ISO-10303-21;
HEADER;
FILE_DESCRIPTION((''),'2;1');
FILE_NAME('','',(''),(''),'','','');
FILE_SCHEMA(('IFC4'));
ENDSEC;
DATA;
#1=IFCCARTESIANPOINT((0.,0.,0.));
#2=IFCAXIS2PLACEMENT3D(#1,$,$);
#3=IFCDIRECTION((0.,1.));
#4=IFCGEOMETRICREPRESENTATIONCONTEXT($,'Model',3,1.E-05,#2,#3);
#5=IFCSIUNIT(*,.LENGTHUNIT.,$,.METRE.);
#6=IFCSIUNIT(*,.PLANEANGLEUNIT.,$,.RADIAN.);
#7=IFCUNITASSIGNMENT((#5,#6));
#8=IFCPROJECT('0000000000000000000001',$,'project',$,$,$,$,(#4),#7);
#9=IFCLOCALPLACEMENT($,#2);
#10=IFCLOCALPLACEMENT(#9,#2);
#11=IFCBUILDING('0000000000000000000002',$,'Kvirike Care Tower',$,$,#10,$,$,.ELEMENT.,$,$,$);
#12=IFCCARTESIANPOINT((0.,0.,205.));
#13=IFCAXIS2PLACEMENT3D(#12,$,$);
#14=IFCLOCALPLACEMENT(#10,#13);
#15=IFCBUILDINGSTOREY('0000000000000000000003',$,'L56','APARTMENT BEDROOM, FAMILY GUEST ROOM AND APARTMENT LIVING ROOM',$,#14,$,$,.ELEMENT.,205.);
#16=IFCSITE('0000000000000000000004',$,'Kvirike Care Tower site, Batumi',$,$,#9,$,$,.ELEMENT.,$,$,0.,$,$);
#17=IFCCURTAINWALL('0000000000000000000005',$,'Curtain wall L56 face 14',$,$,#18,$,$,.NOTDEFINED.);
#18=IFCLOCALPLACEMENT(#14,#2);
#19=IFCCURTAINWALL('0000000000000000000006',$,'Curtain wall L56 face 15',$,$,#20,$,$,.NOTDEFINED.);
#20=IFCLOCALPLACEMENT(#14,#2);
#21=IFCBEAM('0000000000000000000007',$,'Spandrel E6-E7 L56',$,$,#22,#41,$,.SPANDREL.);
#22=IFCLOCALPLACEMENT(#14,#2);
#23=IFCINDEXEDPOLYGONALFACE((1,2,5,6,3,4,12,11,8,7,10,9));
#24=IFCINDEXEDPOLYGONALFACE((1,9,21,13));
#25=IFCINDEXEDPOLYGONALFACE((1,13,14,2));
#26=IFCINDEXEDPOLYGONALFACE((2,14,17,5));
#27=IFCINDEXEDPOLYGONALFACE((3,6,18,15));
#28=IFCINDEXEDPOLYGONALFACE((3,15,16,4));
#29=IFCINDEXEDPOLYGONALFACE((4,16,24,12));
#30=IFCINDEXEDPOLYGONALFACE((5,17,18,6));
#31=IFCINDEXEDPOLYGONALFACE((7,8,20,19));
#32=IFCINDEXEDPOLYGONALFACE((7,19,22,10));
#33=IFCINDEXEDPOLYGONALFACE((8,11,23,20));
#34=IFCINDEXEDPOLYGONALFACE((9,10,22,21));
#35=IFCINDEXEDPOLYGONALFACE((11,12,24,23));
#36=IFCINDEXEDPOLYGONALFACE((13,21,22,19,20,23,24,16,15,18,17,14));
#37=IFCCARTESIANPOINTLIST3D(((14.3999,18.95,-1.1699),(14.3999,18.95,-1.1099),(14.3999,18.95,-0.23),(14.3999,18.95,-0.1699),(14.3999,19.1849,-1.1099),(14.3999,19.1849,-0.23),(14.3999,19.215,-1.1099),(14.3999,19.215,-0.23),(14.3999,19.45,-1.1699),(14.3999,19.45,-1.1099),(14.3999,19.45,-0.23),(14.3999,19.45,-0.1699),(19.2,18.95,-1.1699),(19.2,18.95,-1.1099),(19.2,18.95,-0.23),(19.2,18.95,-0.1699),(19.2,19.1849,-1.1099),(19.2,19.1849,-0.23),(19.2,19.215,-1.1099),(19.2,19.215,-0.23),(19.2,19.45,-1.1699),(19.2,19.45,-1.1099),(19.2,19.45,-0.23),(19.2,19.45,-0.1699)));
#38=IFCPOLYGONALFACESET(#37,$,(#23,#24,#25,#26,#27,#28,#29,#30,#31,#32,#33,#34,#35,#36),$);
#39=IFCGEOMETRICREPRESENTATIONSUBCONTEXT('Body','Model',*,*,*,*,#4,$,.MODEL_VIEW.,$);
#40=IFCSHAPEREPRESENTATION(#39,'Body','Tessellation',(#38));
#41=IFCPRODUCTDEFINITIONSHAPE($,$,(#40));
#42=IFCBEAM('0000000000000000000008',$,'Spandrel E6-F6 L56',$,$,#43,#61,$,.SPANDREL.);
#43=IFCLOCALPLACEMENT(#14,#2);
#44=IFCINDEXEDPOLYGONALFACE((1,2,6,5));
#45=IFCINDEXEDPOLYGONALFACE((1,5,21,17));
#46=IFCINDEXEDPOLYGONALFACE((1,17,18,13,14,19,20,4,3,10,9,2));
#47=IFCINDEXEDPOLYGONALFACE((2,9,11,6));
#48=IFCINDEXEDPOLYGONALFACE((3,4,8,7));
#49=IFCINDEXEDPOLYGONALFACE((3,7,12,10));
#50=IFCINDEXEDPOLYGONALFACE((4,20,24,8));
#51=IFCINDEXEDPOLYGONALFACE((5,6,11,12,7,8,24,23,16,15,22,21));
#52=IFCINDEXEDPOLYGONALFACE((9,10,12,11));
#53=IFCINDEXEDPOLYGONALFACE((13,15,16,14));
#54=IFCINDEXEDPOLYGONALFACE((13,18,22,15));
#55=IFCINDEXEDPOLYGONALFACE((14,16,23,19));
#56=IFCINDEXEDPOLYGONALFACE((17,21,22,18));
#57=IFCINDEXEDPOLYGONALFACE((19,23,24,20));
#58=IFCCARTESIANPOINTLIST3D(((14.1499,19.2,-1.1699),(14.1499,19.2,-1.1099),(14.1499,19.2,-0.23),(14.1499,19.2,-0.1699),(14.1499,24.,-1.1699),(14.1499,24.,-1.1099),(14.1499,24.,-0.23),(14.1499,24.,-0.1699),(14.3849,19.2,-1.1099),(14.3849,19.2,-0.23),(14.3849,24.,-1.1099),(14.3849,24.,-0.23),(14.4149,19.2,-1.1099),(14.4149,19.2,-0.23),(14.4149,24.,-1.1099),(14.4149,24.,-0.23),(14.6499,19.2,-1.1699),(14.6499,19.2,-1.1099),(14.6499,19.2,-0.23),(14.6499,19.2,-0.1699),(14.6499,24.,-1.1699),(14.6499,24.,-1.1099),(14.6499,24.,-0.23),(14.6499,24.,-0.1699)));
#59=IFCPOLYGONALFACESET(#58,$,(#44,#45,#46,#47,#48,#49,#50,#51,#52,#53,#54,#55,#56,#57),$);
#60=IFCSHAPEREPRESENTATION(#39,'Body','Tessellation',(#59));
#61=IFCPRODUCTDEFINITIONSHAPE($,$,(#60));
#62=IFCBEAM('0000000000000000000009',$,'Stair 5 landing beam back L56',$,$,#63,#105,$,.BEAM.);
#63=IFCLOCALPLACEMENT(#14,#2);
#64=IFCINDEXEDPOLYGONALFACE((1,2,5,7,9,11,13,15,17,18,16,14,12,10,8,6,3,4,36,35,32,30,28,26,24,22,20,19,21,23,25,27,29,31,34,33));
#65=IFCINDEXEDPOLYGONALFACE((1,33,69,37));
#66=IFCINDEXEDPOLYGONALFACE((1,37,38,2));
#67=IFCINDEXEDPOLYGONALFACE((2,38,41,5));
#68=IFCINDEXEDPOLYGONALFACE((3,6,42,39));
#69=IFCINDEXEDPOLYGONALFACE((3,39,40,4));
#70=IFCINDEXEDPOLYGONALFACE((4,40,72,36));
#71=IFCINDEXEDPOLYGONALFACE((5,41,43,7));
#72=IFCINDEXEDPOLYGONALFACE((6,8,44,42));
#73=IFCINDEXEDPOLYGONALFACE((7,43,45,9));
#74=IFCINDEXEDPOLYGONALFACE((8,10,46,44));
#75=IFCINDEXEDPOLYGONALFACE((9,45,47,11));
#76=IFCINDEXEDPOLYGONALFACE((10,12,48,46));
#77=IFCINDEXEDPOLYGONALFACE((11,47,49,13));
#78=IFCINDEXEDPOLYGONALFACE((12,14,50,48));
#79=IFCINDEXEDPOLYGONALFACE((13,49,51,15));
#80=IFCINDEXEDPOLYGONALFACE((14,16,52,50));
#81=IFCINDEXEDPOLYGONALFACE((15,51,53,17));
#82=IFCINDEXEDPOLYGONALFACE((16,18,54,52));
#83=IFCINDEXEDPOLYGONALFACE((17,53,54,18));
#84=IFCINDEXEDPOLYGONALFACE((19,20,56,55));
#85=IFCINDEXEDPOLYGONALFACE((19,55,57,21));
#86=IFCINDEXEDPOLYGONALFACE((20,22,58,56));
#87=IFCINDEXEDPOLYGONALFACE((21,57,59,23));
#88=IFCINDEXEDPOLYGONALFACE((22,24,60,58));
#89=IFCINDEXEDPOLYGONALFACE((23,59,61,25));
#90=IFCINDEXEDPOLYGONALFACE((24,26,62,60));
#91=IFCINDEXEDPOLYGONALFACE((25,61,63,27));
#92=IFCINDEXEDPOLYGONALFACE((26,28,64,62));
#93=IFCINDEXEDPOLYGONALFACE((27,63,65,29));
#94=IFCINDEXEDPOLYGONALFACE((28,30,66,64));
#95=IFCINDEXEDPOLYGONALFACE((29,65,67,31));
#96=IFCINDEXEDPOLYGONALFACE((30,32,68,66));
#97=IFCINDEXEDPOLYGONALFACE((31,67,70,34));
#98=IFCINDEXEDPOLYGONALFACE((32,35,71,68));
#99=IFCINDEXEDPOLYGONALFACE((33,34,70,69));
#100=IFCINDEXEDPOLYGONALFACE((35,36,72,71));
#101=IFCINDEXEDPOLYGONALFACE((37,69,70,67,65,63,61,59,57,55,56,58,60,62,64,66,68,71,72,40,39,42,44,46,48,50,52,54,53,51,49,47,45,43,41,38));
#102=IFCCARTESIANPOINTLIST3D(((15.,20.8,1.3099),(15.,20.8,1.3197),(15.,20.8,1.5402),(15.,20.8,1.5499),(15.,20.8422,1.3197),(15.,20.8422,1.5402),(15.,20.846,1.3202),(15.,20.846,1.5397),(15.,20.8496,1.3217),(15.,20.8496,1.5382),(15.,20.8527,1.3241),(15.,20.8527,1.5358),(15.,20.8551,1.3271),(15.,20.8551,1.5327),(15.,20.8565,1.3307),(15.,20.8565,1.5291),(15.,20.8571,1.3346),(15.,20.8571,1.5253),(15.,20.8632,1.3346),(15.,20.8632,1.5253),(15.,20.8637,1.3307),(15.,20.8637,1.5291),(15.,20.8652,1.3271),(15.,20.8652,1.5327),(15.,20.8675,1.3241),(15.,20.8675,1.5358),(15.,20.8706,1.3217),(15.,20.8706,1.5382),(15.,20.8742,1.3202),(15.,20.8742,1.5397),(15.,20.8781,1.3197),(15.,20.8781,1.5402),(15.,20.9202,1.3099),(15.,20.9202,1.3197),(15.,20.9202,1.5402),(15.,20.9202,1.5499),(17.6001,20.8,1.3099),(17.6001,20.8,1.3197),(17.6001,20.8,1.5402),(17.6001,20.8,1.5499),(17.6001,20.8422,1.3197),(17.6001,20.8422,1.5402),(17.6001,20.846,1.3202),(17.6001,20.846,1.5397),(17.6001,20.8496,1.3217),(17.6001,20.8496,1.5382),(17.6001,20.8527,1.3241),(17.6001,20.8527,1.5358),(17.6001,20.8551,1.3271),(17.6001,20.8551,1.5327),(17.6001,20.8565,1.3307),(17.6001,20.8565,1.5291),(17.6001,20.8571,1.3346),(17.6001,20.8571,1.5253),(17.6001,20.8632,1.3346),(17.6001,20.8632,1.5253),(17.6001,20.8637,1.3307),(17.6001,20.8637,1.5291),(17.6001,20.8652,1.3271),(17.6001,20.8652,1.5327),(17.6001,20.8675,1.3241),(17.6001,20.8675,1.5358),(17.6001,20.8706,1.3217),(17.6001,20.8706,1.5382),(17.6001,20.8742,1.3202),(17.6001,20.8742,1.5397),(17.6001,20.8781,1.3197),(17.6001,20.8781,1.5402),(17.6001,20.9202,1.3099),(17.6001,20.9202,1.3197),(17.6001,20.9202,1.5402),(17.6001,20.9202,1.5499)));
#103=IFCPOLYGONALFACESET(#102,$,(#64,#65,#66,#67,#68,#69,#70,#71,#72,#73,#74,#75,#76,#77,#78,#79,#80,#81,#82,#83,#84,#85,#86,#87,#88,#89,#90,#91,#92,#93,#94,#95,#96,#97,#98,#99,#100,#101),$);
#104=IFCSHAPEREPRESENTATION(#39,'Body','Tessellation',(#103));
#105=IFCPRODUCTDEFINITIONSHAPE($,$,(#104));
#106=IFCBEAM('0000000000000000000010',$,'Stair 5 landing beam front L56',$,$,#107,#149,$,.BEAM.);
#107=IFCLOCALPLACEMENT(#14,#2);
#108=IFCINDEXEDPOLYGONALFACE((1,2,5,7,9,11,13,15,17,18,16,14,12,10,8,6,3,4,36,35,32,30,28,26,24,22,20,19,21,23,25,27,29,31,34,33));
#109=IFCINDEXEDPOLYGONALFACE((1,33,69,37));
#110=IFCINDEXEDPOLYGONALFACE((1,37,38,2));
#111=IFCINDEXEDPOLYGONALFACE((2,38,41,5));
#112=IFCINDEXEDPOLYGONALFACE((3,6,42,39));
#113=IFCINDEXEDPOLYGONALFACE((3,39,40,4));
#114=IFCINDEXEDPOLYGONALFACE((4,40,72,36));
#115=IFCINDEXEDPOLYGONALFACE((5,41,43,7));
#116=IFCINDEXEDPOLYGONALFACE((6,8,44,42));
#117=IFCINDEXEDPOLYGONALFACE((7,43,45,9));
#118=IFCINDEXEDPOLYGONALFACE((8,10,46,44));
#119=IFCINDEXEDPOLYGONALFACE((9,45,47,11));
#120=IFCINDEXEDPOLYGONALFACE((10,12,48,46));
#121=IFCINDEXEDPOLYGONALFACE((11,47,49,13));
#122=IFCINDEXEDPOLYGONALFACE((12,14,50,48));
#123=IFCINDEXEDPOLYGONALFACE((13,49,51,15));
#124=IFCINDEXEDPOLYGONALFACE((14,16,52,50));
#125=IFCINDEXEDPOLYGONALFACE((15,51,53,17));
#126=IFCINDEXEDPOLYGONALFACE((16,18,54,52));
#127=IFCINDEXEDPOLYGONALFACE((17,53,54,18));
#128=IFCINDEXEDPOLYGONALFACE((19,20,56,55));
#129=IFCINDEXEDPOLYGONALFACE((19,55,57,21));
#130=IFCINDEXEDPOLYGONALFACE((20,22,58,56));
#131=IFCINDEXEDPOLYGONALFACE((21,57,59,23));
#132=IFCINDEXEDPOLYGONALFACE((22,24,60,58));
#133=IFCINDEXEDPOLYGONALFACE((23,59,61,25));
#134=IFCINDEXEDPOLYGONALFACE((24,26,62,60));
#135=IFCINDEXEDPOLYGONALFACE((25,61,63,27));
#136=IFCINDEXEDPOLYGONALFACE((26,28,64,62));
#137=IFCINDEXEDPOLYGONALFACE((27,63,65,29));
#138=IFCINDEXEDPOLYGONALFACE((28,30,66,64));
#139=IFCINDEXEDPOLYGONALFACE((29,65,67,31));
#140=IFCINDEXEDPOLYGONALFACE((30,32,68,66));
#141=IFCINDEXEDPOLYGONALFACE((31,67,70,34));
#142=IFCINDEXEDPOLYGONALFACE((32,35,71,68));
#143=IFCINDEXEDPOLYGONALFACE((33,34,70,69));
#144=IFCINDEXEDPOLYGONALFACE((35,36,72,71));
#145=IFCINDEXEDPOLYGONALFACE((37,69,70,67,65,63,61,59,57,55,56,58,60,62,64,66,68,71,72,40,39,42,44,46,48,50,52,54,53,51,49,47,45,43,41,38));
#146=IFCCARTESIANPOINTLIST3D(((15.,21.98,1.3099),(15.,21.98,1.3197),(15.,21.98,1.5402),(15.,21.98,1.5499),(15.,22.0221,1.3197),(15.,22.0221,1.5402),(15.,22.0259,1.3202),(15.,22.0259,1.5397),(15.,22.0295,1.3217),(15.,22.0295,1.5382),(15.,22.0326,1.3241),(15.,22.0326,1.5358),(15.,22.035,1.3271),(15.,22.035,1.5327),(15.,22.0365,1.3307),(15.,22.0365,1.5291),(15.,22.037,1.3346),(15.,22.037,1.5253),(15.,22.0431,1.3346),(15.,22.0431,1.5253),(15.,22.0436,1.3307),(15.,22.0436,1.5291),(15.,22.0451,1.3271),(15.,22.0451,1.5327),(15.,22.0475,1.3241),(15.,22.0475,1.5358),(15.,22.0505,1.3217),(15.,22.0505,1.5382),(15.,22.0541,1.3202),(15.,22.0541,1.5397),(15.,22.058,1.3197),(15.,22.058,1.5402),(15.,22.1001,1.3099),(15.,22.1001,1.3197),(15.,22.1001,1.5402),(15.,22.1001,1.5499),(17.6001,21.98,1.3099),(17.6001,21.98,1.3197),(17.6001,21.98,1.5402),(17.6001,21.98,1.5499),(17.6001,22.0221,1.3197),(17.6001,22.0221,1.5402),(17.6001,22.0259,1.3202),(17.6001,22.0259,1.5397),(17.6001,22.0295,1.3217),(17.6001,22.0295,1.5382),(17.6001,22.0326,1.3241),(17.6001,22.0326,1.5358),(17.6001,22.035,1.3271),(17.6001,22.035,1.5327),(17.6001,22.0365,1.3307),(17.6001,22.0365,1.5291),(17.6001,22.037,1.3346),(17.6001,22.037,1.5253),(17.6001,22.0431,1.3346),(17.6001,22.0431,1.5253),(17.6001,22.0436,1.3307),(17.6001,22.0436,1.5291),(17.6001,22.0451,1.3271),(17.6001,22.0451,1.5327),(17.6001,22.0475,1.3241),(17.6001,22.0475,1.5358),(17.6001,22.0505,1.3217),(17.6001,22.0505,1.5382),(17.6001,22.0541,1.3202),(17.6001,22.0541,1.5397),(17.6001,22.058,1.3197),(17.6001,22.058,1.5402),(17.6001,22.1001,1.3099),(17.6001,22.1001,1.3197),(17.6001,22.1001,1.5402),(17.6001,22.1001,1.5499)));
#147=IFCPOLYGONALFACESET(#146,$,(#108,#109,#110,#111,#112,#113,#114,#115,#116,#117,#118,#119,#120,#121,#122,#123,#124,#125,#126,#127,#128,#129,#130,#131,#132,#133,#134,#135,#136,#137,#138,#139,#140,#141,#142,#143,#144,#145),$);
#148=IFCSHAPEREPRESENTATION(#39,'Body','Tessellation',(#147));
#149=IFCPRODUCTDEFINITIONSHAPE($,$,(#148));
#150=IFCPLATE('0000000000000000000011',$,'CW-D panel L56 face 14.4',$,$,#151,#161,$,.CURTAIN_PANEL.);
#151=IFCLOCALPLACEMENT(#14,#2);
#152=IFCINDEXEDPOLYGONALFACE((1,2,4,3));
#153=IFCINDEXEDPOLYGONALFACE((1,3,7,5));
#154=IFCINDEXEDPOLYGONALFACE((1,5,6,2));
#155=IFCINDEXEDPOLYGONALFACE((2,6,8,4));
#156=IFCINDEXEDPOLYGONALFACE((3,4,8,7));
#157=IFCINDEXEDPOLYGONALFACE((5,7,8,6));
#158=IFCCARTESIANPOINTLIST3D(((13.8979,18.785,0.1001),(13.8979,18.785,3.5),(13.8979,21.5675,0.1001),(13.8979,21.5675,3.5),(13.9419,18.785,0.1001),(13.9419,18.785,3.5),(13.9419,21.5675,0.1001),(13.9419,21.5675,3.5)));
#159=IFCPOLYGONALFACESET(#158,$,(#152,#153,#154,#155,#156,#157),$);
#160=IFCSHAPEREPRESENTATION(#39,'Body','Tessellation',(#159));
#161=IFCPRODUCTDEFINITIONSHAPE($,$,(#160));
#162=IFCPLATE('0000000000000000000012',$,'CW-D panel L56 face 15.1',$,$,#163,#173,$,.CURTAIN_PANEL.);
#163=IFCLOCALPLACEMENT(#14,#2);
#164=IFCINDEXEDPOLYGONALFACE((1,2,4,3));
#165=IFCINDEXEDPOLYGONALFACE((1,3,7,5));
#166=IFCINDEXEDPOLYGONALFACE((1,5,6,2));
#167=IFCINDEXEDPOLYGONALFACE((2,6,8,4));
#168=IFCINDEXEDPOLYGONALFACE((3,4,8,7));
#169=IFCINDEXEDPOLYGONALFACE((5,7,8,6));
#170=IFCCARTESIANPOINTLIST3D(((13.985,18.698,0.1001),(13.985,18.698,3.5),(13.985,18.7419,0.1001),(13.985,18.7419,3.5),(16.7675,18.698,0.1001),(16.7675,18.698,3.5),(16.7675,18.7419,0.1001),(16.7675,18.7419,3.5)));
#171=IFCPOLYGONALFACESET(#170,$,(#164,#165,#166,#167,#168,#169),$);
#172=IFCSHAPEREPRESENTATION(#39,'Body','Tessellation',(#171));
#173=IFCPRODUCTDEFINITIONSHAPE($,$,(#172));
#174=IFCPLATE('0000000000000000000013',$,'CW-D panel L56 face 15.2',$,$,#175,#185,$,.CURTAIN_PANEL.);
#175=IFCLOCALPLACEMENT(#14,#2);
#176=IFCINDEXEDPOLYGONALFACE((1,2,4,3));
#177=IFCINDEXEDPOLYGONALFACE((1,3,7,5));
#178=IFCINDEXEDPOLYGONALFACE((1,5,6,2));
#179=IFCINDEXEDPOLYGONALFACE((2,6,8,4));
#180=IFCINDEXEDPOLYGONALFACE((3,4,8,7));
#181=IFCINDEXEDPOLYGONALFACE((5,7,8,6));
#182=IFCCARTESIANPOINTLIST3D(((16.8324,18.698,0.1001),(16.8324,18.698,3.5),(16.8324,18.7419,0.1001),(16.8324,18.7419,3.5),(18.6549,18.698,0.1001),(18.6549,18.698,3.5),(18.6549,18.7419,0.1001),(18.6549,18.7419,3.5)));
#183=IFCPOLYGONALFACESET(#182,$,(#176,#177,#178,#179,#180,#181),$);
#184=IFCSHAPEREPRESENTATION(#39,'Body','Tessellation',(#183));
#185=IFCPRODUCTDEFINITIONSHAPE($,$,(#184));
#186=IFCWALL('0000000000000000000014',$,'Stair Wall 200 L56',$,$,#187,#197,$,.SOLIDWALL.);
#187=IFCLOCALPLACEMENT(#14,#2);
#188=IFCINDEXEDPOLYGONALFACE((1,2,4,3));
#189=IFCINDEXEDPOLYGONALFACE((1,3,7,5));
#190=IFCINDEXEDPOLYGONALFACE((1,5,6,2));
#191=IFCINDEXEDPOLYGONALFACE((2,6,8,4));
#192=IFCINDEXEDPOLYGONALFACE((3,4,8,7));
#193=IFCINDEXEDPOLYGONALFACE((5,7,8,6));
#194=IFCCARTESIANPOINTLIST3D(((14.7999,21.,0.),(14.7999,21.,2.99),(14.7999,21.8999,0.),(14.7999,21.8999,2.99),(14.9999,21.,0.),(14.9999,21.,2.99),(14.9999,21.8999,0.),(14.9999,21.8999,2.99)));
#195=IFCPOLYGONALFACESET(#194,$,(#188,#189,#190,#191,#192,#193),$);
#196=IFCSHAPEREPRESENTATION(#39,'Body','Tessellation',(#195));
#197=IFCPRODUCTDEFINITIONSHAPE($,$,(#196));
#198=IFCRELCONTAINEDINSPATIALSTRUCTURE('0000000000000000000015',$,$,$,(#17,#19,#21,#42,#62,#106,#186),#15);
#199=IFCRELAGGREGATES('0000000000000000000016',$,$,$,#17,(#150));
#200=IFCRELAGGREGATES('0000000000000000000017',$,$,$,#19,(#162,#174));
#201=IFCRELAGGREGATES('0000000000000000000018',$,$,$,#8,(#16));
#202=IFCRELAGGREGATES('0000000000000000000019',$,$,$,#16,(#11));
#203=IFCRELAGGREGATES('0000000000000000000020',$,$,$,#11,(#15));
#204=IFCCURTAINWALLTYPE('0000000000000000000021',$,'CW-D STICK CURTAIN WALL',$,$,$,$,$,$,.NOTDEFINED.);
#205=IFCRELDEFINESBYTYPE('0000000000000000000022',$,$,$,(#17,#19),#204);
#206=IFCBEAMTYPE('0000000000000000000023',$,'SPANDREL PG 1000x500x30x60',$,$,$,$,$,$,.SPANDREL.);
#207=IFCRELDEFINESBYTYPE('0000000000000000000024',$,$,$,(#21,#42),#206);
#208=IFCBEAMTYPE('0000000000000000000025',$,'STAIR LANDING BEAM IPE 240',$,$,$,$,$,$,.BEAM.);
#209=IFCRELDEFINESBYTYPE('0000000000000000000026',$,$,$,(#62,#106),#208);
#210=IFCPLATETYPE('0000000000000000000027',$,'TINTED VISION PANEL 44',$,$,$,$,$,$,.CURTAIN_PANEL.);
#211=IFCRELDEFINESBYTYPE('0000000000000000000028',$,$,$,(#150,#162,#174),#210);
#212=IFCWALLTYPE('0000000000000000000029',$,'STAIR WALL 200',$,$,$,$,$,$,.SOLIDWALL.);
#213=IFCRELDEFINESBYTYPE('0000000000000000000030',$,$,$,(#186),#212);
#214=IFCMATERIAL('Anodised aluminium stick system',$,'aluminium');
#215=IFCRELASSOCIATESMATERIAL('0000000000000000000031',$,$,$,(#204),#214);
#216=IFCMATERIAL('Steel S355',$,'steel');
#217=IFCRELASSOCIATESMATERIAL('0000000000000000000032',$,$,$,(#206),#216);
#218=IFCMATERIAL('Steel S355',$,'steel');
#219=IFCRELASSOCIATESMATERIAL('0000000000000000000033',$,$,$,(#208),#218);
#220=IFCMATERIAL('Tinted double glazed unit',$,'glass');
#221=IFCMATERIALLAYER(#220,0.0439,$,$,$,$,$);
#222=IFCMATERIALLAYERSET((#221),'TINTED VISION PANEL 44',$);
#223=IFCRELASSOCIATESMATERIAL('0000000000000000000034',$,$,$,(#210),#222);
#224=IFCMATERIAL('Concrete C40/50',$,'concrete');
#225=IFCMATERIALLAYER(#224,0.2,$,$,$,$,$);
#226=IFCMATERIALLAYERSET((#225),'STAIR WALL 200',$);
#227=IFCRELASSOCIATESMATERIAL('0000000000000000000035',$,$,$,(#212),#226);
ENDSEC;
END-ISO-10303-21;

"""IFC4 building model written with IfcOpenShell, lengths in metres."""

from ifc_helpers import new_model, si_unit, direction, frame, frame_2d, origin, origin_2d, place, context, subcontext, project, spatial, rectangle, i_section, extrude, material, layer, layer_set, material_profile, profile_set, type_object, element, aggregate, save


model = new_model("IFC4")

# Units and contexts
model_context = context("Model", 3, precision=1e-05, world=origin(), true_north=direction((0.0, 1.0)))
body_context = subcontext(model_context, "Body", "Model", "MODEL_VIEW")
ifc_project = project(units=[si_unit("LENGTHUNIT", "METRE"), si_unit("PLANEANGLEUNIT", "RADIAN")], contexts=[model_context])

# Site, building, storey
site_placement = place(None, origin())
site = spatial("IfcSite", under=ifc_project, at=site_placement, Name="Kvirike Care Tower site, Batumi", CompositionType="ELEMENT", RefElevation=0.0)
building_placement = place(site_placement, origin())
building = spatial("IfcBuilding", under=site, at=building_placement, Name="Kvirike Care Tower", CompositionType="ELEMENT")
storey_placement = place(building_placement, frame((0.0, 0.0, 205.0)))
storey = spatial("IfcBuildingStorey", under=building, at=storey_placement, Name="L56", Description="APARTMENT BEDROOM, FAMILY GUEST ROOM AND APARTMENT LIVING ROOM", CompositionType="ELEMENT", Elevation=205.0)

# Curtain walls
ifc_material_1 = material(Name="Anodised aluminium stick system", Category="aluminium")
curtain_wall_type = type_object("IfcCurtainWallType", Name="CW-D STICK CURTAIN WALL", PredefinedType="NOTDEFINED", material=ifc_material_1)
curtain_wall_1_placement = place(storey_placement, origin())
curtain_wall_1 = element("IfcCurtainWall", 1, at=curtain_wall_1_placement, inside=storey, type_object=curtain_wall_type, Name="Curtain wall L56 face 14", PredefinedType="NOTDEFINED")
curtain_wall_2_placement = place(storey_placement, origin())
curtain_wall_2 = element("IfcCurtainWall", 2, at=curtain_wall_2_placement, inside=storey, type_object=curtain_wall_type, Name="Curtain wall L56 face 15", PredefinedType="NOTDEFINED")

# Beams
ifc_material_2 = material(Name="Steel S355", Category="steel")
ifc_material_profile_1 = material_profile(ifc_material_2, i_section(OverallWidth=0.5, OverallDepth=1.0, WebThickness=0.03, FlangeThickness=0.0601, at=origin_2d()), Name="PG 1000x500x30x60")
ifc_profile_set_1 = profile_set([ifc_material_profile_1], Name="Steel S355")
beam_type_1 = type_object("IfcBeamType", Name="SPANDREL PG 1000x500x30x60", PredefinedType="SPANDREL", material=ifc_profile_set_1)
for number, where, z_axis, x_axis, name in (
    (3, (14.3999, 19.2, -0.6699), (1.0, 0.0, 0.0), (0.0, 1.0, 0.0), "Spandrel E6-E7 L56"),
    (4, (14.3999, 19.2, -0.6699), (0.0, 1.0, 0.0), (-1.0, 0.0, 0.0), "Spandrel E6-F6 L56"),
):
    element("IfcBeam", number, at=place(storey_placement, frame(where, z_axis=z_axis, x_axis=x_axis)), inside=storey, type_object=beam_type_1, Name=name, PredefinedType="SPANDREL", context=body_context, shape_type="SweptSolid", body=[
        extrude(i_section(OverallWidth=0.5, OverallDepth=1.0, WebThickness=0.03, FlangeThickness=0.0601, at=origin_2d()), origin(), (0.0, 0.0, 1.0), 4.8),
    ])
ifc_material_3 = material(Name="Steel S355", Category="steel")
ifc_material_profile_2 = material_profile(ifc_material_3, i_section(OverallWidth=0.1201, OverallDepth=0.24, WebThickness=0.0061, FlangeThickness=0.0098, FilletRadius=0.0149, at=origin_2d()), Name="IPE 240")
ifc_profile_set_2 = profile_set([ifc_material_profile_2], Name="Steel S355")
beam_type_2 = type_object("IfcBeamType", Name="STAIR LANDING BEAM IPE 240", PredefinedType="BEAM", material=ifc_profile_set_2)
for number, where, z_axis, x_axis, name in (
    (5, (15.0, 20.8601, 1.4299), (1.0, 0.0, 0.0), (0.0, 1.0, 0.0), "Stair 5 landing beam back L56"),
    (6, (15.0, 22.04, 1.4299), (1.0, 0.0, 0.0), (0.0, 1.0, 0.0), "Stair 5 landing beam front L56"),
):
    element("IfcBeam", number, at=place(storey_placement, frame(where, z_axis=z_axis, x_axis=x_axis)), inside=storey, type_object=beam_type_2, Name=name, PredefinedType="BEAM", context=body_context, shape_type="SweptSolid", body=[
        extrude(i_section(OverallWidth=0.1201, OverallDepth=0.24, WebThickness=0.0061, FlangeThickness=0.0098, FilletRadius=0.0149, at=origin_2d()), origin(), (0.0, 0.0, 1.0), 2.6001),
    ])

# Plates
ifc_material_4 = material(Name="Tinted double glazed unit", Category="glass")
ifc_layer_1 = layer(ifc_material_4, 0.0439)
ifc_layer_set_1 = layer_set([ifc_layer_1], Name="TINTED VISION PANEL 44")
plate_type = type_object("IfcPlateType", Name="TINTED VISION PANEL 44", PredefinedType="CURTAIN_PANEL", material=ifc_layer_set_1)
plate_1_placement = place(storey_placement, frame((13.9199, 20.1763, 0.1001), z_axis=(0.0, 0.0, 1.0), x_axis=(0.0, -1.0, 0.0)))
plate_1 = element("IfcPlate", 7, at=plate_1_placement, type_object=plate_type, Name="CW-D panel L56 face 14.4", PredefinedType="CURTAIN_PANEL", context=body_context, shape_type="SweptSolid", body=[
    extrude(rectangle(XDim=2.7825, YDim=0.0439, at=origin_2d()), origin(), (0.0, 0.0, 1.0), 3.3999),
])
aggregate(curtain_wall_1, [plate_1])
plate_2_placement = place(storey_placement, frame((15.3762, 18.72, 0.1001), z_axis=(0.0, 0.0, 1.0), x_axis=(1.0, 0.0, 0.0)))
plate_2 = element("IfcPlate", 8, at=plate_2_placement, type_object=plate_type, Name="CW-D panel L56 face 15.1", PredefinedType="CURTAIN_PANEL", context=body_context, shape_type="SweptSolid", body=[
    extrude(rectangle(XDim=2.7825, YDim=0.0439, at=origin_2d()), origin(), (0.0, 0.0, 1.0), 3.3999),
])
plate_3_placement = place(storey_placement, frame((17.7437, 18.72, 0.1001), z_axis=(0.0, 0.0, 1.0), x_axis=(1.0, 0.0, 0.0)))
plate_3 = element("IfcPlate", 9, at=plate_3_placement, type_object=plate_type, Name="CW-D panel L56 face 15.2", PredefinedType="CURTAIN_PANEL", context=body_context, shape_type="SweptSolid", body=[
    extrude(rectangle(XDim=1.8225, YDim=0.0439, at=origin_2d()), origin(), (0.0, 0.0, 1.0), 3.3999),
])
aggregate(curtain_wall_2, [plate_2, plate_3])

# Wall
ifc_material_5 = material(Name="Concrete C40/50", Category="concrete")
ifc_layer_2 = layer(ifc_material_5, 0.2)
ifc_layer_set_2 = layer_set([ifc_layer_2], Name="STAIR WALL 200")
wall_type = type_object("IfcWallType", Name="STAIR WALL 200", PredefinedType="SOLIDWALL", material=ifc_layer_set_2)
wall_1_placement = place(storey_placement, frame((14.8999, 21.0, 0.0), z_axis=(0.0, 0.0, 1.0), x_axis=(0.0, 1.0, 0.0)))
element("IfcWall", 10, at=wall_1_placement, inside=storey, type_object=wall_type, Name="Stair Wall 200 L56", PredefinedType="SOLIDWALL", context=body_context, shape_type="SweptSolid", body=[
    extrude(rectangle(XDim=0.8999, YDim=0.2, at=frame_2d((0.45, 0.0))), origin(), (0.0, 0.0, 1.0), 2.99),
])

save(model, "model.ifc")
